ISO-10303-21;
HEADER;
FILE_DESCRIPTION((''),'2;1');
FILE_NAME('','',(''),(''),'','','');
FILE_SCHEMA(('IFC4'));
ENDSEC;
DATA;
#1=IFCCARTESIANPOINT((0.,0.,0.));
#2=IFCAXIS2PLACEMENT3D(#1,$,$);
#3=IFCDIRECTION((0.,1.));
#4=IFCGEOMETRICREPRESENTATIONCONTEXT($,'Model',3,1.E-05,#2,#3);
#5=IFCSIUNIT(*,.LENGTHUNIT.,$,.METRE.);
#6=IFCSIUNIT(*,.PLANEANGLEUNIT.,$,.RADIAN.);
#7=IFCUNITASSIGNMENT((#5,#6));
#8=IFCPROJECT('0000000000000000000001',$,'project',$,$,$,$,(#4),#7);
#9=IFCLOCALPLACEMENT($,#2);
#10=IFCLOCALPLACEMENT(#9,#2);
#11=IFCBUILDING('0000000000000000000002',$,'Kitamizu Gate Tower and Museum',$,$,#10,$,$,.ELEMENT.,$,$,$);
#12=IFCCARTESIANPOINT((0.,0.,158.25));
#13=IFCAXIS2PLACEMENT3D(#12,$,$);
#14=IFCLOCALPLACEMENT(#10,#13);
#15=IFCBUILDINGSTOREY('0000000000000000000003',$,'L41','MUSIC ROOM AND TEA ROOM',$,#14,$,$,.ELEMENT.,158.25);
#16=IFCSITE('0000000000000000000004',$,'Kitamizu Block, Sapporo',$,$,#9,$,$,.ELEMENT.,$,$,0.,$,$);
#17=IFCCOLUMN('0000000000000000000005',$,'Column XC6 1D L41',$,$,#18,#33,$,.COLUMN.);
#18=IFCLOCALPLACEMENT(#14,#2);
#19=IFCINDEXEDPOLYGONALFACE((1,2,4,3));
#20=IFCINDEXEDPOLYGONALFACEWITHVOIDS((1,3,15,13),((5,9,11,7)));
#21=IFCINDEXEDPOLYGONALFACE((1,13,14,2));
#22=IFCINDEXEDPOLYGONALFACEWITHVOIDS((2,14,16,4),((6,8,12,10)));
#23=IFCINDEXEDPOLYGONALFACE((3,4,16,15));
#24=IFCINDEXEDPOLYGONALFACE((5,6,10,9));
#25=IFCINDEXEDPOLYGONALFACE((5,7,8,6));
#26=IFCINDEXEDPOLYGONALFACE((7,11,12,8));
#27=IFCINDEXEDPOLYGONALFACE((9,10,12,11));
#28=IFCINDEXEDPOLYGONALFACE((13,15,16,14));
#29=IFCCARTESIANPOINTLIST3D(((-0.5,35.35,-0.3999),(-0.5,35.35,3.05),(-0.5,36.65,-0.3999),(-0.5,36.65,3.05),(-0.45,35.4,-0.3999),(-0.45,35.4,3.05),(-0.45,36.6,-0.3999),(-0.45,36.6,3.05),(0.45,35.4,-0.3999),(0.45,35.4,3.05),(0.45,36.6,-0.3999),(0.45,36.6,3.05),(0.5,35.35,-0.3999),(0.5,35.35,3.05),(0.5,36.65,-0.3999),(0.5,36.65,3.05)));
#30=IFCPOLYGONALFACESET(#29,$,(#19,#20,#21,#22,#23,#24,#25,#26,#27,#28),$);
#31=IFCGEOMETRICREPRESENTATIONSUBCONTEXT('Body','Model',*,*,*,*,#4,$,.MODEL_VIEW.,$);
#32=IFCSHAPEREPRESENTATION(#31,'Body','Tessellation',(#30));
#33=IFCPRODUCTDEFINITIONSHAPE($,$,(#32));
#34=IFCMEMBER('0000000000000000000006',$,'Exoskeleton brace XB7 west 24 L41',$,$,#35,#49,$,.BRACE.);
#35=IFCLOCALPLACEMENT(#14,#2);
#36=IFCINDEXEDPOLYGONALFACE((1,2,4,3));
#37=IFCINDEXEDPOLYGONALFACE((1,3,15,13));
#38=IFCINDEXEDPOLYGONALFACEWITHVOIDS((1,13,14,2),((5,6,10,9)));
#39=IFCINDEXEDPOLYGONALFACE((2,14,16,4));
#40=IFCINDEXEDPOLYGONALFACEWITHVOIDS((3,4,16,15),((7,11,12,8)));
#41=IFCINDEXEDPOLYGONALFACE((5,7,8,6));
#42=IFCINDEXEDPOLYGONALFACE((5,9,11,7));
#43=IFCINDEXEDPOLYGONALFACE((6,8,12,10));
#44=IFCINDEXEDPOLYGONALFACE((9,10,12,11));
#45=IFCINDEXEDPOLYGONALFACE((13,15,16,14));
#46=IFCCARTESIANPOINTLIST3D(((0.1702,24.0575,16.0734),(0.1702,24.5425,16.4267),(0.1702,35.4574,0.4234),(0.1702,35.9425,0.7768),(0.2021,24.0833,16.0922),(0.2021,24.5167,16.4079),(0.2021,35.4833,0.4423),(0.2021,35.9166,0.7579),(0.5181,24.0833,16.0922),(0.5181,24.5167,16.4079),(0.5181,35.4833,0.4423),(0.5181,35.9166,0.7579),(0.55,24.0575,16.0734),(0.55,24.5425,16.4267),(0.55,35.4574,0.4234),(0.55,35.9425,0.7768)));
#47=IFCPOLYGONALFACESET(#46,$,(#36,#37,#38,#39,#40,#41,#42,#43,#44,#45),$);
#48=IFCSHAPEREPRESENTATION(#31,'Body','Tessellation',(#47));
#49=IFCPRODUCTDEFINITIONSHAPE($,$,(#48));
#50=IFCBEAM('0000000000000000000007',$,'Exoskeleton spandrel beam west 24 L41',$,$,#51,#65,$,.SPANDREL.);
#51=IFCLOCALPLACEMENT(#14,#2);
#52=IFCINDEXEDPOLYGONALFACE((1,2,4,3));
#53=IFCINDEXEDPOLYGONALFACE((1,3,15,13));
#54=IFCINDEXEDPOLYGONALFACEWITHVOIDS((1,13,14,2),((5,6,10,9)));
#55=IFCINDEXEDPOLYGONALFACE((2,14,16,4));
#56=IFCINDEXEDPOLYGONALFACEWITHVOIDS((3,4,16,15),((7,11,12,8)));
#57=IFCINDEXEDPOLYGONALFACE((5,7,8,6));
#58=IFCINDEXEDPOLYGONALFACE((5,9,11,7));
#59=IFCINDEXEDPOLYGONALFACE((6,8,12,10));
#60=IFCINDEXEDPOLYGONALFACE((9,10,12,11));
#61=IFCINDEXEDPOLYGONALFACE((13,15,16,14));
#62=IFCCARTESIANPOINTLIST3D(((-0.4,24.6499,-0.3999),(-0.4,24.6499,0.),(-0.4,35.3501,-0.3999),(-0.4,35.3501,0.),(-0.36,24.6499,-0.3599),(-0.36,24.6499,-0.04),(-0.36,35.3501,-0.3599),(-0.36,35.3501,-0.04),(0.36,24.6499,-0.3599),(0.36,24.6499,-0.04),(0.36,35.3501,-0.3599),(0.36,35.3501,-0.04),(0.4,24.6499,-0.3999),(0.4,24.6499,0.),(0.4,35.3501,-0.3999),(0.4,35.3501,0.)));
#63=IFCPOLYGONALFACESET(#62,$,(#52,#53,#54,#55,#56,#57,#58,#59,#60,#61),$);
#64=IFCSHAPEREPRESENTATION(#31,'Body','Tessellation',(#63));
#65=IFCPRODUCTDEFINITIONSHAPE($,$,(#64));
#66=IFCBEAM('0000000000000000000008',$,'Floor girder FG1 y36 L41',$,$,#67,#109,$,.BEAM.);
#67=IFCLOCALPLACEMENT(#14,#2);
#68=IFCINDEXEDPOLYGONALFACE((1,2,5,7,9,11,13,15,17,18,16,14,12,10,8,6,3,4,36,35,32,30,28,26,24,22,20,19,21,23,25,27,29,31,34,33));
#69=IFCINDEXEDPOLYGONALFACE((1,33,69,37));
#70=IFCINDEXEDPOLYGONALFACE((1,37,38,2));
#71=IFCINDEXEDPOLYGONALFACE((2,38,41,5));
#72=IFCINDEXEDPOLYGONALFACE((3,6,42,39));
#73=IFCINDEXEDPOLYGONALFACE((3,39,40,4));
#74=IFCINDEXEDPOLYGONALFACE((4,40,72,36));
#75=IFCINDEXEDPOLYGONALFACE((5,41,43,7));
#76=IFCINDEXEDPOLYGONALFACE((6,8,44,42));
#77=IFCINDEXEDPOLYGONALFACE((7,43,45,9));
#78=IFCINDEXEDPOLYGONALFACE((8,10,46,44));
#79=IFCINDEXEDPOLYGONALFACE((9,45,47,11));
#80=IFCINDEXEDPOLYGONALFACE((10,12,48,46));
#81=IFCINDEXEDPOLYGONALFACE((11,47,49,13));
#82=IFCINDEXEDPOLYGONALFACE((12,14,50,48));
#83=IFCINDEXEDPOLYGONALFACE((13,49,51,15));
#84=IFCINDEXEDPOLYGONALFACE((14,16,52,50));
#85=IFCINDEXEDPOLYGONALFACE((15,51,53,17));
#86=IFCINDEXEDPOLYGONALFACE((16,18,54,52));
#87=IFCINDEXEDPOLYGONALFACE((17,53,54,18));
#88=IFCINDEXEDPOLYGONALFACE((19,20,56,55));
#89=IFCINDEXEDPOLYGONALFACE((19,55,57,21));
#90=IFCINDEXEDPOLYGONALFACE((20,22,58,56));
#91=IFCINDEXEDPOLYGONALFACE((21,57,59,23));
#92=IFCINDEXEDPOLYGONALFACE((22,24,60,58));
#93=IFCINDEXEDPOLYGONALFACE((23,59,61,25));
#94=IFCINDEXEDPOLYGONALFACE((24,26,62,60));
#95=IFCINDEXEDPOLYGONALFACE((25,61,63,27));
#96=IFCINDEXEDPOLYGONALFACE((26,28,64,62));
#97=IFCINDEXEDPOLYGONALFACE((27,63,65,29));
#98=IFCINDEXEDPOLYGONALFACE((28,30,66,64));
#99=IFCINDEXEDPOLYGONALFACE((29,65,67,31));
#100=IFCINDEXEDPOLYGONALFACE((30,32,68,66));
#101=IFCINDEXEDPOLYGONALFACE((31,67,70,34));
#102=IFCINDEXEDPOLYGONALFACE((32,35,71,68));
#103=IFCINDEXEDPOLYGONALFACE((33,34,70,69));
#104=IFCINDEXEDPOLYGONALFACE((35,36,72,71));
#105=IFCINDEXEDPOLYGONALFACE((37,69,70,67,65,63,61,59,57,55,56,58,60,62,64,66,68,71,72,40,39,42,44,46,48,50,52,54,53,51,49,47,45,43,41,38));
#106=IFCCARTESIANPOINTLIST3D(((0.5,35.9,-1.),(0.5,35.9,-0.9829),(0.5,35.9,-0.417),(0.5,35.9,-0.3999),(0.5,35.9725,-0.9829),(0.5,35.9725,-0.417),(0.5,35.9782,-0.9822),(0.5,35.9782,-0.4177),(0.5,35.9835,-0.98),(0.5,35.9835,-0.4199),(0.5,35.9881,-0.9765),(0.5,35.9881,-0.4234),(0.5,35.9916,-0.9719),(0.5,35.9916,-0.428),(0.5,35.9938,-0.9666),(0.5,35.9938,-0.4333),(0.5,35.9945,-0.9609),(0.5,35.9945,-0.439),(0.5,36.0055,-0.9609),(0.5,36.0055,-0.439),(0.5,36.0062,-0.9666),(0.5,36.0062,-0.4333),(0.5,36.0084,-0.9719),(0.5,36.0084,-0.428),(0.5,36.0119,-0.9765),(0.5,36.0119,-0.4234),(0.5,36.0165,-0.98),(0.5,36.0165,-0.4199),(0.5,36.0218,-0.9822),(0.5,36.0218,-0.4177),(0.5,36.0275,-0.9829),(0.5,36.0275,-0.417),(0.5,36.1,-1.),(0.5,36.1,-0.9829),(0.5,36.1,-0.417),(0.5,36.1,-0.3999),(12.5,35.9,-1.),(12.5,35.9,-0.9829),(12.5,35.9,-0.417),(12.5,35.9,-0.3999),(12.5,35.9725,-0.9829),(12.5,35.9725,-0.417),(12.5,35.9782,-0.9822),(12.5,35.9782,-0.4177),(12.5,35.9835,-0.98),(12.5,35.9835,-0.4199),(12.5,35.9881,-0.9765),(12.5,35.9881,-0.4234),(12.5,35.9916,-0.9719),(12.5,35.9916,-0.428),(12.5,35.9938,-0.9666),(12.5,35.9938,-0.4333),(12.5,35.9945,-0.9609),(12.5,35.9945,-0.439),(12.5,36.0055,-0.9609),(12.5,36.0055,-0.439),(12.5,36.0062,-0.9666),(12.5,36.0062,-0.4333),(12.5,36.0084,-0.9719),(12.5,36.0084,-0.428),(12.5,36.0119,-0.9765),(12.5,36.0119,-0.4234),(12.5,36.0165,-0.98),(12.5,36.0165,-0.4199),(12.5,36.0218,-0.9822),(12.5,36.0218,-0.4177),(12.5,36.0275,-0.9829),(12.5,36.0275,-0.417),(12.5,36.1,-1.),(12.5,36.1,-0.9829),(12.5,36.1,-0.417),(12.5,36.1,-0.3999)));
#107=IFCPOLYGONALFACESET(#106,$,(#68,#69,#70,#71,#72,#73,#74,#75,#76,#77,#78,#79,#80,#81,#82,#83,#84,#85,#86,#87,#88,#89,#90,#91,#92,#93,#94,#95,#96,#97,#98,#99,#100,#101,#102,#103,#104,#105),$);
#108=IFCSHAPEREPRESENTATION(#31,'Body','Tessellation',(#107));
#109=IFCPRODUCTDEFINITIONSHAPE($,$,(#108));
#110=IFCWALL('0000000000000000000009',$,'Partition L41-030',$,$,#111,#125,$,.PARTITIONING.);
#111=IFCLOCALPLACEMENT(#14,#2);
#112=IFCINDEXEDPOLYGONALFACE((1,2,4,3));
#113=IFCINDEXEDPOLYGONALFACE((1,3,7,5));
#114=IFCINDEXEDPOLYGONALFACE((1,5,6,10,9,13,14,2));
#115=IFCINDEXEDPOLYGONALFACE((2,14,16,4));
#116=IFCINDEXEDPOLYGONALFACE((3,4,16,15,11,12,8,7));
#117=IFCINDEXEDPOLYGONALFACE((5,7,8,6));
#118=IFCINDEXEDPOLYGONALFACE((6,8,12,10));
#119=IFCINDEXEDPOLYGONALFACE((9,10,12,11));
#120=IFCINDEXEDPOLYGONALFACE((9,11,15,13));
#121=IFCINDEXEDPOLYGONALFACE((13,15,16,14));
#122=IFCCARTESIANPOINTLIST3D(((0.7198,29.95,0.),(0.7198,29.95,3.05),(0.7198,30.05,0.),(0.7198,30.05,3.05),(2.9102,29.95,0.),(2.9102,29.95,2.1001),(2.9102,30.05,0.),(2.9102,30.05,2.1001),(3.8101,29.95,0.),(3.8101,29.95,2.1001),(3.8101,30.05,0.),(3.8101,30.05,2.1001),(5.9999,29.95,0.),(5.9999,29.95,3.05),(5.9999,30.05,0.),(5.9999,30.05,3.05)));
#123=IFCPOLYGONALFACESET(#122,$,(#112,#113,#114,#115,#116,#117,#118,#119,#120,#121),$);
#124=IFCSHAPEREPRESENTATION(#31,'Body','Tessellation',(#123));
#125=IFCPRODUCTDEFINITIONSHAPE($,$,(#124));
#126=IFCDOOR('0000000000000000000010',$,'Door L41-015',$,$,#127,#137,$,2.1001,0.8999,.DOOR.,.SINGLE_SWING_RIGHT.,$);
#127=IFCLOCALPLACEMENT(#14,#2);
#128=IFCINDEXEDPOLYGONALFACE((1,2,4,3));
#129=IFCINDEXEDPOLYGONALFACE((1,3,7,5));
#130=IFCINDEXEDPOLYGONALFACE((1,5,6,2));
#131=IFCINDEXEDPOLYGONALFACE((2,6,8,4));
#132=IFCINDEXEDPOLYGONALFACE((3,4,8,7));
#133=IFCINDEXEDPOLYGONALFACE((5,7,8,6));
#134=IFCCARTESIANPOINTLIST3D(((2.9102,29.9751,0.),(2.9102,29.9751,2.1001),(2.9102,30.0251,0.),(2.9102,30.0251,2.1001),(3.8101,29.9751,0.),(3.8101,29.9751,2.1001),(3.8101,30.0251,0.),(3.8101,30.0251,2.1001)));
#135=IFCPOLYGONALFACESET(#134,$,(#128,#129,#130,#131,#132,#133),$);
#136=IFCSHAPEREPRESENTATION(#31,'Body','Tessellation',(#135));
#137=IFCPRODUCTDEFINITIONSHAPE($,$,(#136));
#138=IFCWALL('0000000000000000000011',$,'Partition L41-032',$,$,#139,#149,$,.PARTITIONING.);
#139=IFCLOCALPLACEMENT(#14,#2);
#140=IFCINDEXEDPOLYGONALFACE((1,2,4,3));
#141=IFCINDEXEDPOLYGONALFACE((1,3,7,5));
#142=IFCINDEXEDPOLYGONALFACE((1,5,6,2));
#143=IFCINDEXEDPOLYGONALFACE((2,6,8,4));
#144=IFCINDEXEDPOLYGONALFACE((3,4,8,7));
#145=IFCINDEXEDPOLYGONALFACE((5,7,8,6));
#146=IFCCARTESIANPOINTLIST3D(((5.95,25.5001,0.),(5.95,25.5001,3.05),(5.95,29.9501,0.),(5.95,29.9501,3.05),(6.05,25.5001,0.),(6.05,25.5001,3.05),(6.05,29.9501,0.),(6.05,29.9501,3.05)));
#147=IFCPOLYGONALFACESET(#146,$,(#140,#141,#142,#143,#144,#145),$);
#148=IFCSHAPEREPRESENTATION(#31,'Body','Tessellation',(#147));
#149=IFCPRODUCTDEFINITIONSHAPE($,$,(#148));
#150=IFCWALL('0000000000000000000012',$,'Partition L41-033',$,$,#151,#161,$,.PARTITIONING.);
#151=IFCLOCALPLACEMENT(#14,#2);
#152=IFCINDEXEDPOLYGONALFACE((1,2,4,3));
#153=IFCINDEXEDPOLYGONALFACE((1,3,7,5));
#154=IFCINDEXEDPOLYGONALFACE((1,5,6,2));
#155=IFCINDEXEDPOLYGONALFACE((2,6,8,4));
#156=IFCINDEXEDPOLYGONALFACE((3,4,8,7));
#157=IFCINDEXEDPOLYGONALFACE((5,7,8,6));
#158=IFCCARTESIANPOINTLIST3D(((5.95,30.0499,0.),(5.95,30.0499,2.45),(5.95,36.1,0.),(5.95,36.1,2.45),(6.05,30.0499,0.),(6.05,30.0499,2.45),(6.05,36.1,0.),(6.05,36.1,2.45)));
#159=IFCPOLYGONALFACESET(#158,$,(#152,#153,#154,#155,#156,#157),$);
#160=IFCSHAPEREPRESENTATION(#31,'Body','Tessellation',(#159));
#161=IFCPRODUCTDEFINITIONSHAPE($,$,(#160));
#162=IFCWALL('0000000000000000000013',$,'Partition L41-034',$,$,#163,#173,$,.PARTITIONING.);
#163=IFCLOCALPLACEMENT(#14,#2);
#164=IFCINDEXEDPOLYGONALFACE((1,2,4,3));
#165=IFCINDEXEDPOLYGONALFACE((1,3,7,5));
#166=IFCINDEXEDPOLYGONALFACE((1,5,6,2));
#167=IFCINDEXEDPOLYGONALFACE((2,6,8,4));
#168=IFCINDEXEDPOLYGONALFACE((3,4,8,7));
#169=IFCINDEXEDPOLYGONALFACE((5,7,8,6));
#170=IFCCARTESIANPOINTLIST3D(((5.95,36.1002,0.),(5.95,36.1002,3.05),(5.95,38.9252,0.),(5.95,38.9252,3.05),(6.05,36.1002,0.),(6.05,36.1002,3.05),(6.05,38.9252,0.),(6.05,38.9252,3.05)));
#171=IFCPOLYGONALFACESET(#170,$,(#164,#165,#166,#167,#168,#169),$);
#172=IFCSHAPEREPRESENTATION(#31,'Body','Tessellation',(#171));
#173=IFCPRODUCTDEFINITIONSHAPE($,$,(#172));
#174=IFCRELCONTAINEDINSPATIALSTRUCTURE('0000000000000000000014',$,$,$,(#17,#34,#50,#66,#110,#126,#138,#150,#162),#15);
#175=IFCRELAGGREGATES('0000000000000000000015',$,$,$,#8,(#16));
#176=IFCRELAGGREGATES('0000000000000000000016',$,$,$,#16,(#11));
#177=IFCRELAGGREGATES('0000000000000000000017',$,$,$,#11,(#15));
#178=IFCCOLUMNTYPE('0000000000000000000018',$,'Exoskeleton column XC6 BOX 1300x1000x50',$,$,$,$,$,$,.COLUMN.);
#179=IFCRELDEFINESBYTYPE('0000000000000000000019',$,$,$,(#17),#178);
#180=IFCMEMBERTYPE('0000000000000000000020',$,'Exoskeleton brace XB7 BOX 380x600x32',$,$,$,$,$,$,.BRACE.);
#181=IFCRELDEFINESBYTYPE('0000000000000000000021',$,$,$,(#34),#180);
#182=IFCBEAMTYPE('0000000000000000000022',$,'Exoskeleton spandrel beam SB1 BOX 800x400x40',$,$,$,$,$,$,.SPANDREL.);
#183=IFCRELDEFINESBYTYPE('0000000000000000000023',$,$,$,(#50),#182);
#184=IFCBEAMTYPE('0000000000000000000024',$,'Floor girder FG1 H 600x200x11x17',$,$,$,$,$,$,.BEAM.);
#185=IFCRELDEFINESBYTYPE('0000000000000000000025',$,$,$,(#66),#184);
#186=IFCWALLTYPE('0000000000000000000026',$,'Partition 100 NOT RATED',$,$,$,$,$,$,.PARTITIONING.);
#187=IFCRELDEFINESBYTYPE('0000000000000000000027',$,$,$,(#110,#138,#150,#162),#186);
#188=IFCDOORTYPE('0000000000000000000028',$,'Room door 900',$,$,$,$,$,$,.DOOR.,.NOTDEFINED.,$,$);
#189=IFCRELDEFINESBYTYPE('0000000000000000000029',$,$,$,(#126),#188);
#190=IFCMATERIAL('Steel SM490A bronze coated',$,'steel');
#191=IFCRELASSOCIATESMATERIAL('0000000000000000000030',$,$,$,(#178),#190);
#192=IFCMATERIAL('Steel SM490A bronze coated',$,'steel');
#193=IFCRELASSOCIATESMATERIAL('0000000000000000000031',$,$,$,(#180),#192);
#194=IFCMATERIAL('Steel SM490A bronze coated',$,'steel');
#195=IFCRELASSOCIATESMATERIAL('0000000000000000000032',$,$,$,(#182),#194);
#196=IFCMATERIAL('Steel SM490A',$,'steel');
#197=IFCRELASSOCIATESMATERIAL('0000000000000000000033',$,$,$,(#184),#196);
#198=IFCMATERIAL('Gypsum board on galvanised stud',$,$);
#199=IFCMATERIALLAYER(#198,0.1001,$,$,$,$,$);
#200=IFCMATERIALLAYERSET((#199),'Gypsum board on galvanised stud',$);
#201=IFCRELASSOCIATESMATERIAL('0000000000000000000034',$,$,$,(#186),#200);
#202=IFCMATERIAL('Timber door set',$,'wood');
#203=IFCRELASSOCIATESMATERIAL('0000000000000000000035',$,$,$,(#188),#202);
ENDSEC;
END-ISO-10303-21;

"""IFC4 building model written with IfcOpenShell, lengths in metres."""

from ifc_helpers import new_model, si_unit, direction, frame, frame_2d, origin, origin_2d, place, context, subcontext, project, spatial, rectangle, hollow_rectangle, i_section, extrude, material, layer, layer_set, material_profile, profile_set, type_object, element, fill, save


model = new_model("IFC4")

# Units and contexts
model_context = context("Model", 3, precision=1e-05, world=origin(), true_north=direction((0.0, 1.0)))
body_context = subcontext(model_context, "Body", "Model", "MODEL_VIEW")
ifc_project = project(units=[si_unit("LENGTHUNIT", "METRE"), si_unit("PLANEANGLEUNIT", "RADIAN")], contexts=[model_context])

# Site, building, storey
site_placement = place(None, origin())
site = spatial("IfcSite", under=ifc_project, at=site_placement, Name="Kitamizu Block, Sapporo", CompositionType="ELEMENT", RefElevation=0.0)
building_placement = place(site_placement, origin())
building = spatial("IfcBuilding", under=site, at=building_placement, Name="Kitamizu Gate Tower and Museum", CompositionType="ELEMENT")
storey_placement = place(building_placement, frame((0.0, 0.0, 158.25)))
storey = spatial("IfcBuildingStorey", under=building, at=storey_placement, Name="L41", Description="MUSIC ROOM AND TEA ROOM", CompositionType="ELEMENT", Elevation=158.25)

# Column
ifc_material_1 = material(Name="Steel SM490A bronze coated", Category="steel")
ifc_material_profile_1 = material_profile(ifc_material_1, hollow_rectangle(XDim=1.3, YDim=1.0, WallThickness=0.05, at=origin_2d()), Name="BOX 1300x1000x50")
ifc_profile_set_1 = profile_set([ifc_material_profile_1], Name="Steel SM490A bronze coated")
column_type = type_object("IfcColumnType", Name="Exoskeleton column XC6 BOX 1300x1000x50", PredefinedType="COLUMN", material=ifc_profile_set_1)
column_placement = place(storey_placement, frame((0.0, 36.0, -0.3999), z_axis=(0.0, 0.0, 1.0), x_axis=(0.0, 1.0, 0.0)))
element("IfcColumn", 1, at=column_placement, inside=storey, type_object=column_type, Name="Column XC6 1D L41", PredefinedType="COLUMN", context=body_context, shape_type="SweptSolid", body=[
    extrude(hollow_rectangle(XDim=1.3, YDim=1.0, WallThickness=0.05, at=origin_2d()), origin(), (0.0, 0.0, 1.0), 3.45),
])

# Member
ifc_material_2 = material(Name="Steel SM490A bronze coated", Category="steel")
ifc_material_profile_2 = material_profile(ifc_material_2, hollow_rectangle(XDim=0.3799, YDim=0.6001, WallThickness=0.032, at=origin_2d()), Name="BOX 380x600x32")
ifc_profile_set_2 = profile_set([ifc_material_profile_2], Name="Steel SM490A bronze coated")
member_type = type_object("IfcMemberType", Name="Exoskeleton brace XB7 BOX 380x600x32", PredefinedType="BRACE", material=ifc_profile_set_2)
member_placement = place(storey_placement, frame((0.3601, 35.7, 0.6001), z_axis=(0.0, -0.588785, 0.80829), x_axis=(1.0, 0.0, 0.0)))
element("IfcMember", 2, at=member_placement, inside=storey, type_object=member_type, Name="Exoskeleton brace XB7 west 24 L41", PredefinedType="BRACE", context=body_context, shape_type="SweptSolid", body=[
    extrude(hollow_rectangle(XDim=0.3799, YDim=0.6001, WallThickness=0.032, at=origin_2d()), origin(), (0.0, 0.0, 1.0), 19.3618),
])

# Beams
ifc_material_3 = material(Name="Steel SM490A bronze coated", Category="steel")
ifc_material_profile_3 = material_profile(ifc_material_3, hollow_rectangle(XDim=0.8, YDim=0.3999, WallThickness=0.04, at=origin_2d()), Name="BOX 800x400x40")
ifc_profile_set_3 = profile_set([ifc_material_profile_3], Name="Steel SM490A bronze coated")
beam_type_1 = type_object("IfcBeamType", Name="Exoskeleton spandrel beam SB1 BOX 800x400x40", PredefinedType="SPANDREL", material=ifc_profile_set_3)
beam_1_placement = place(storey_placement, frame((0.0, 24.6499, -0.2), z_axis=(0.0, 1.0, 0.0), x_axis=(-1.0, 0.0, 0.0)))
element("IfcBeam", 3, at=beam_1_placement, inside=storey, type_object=beam_type_1, Name="Exoskeleton spandrel beam west 24 L41", PredefinedType="SPANDREL", context=body_context, shape_type="SweptSolid", body=[
    extrude(hollow_rectangle(XDim=0.8, YDim=0.3999, WallThickness=0.04, at=origin_2d()), origin(), (0.0, 0.0, 1.0), 10.7002),
])
ifc_material_4 = material(Name="Steel SM490A", Category="steel")
ifc_material_profile_4 = material_profile(ifc_material_4, i_section(OverallWidth=0.2, OverallDepth=0.6001, WebThickness=0.011, FlangeThickness=0.0171, FilletRadius=0.022, at=origin_2d()), Name="H-600x200x11x17")
ifc_profile_set_4 = profile_set([ifc_material_profile_4], Name="Steel SM490A")
beam_type_2 = type_object("IfcBeamType", Name="Floor girder FG1 H 600x200x11x17", PredefinedType="BEAM", material=ifc_profile_set_4)
beam_2_placement = place(storey_placement, frame((0.5, 36.0, -0.7), z_axis=(1.0, 0.0, 0.0), x_axis=(0.0, 1.0, 0.0)))
element("IfcBeam", 4, at=beam_2_placement, inside=storey, type_object=beam_type_2, Name="Floor girder FG1 y36 L41", PredefinedType="BEAM", context=body_context, shape_type="SweptSolid", body=[
    extrude(i_section(OverallWidth=0.2, OverallDepth=0.6001, WebThickness=0.011, FlangeThickness=0.0171, FilletRadius=0.022, at=origin_2d()), origin(), (0.0, 0.0, 1.0), 12.0),
])

# Wall, opening, door
ifc_material_5 = material(Name="Gypsum board on galvanised stud")
ifc_layer_1 = layer(ifc_material_5, 0.1001)
ifc_layer_set_1 = layer_set([ifc_layer_1], Name="Gypsum board on galvanised stud")
wall_type_1 = type_object("IfcWallType", Name="Partition 100 NOT RATED", PredefinedType="PARTITIONING", material=ifc_layer_set_1)
wall_1_placement = place(storey_placement, frame((6.0, 30.0, 0.0), z_axis=(0.0, 0.0, 1.0), x_axis=(-1.0, 0.0, 0.0)))
wall_1 = element("IfcWall", 5, at=wall_1_placement, inside=storey, type_object=wall_type_1, Name="Partition L41-030", PredefinedType="PARTITIONING", context=body_context, shape_type="SweptSolid", body=[
    extrude(rectangle(XDim=5.28, YDim=0.1001, at=frame_2d((2.6401, 0.0))), origin(), (0.0, 0.0, 1.0), 3.05),
])
opening_1_placement = place(wall_1_placement, frame((2.1899, 0.0, 0.0)))
opening_1 = element("IfcOpeningElement", 6, at=opening_1_placement, cuts=wall_1, PredefinedType="OPENING", context=body_context, shape_type="SweptSolid", body=[
    extrude(rectangle(XDim=0.8999, YDim=2.1001, at=frame_2d((0.45, 1.05))), frame((0.0, 0.0601, 0.0), z_axis=(0.0, -1.0, 0.0), x_axis=(1.0, 0.0, 0.0)), (0.0, 0.0, 1.0), 0.1201),
])
ifc_material_6 = material(Name="Timber door set", Category="wood")
door_type = type_object("IfcDoorType", Name="Room door 900", OperationType="NOTDEFINED", PredefinedType="DOOR", material=ifc_material_6)
door_1_placement = place(opening_1_placement, origin())
door_1 = element("IfcDoor", 7, at=door_1_placement, inside=storey, type_object=door_type, Name="Door L41-015", OperationType="SINGLE_SWING_RIGHT", OverallHeight=2.1001, OverallWidth=0.8999, PredefinedType="DOOR", context=body_context, shape_type="SweptSolid", body=[
    extrude(rectangle(XDim=0.8999, YDim=2.1001, at=frame_2d((0.45, 1.05))), frame((0.0, 0.0249, 0.0), z_axis=(0.0, -1.0, 0.0), x_axis=(1.0, 0.0, 0.0)), (0.0, 0.0, 1.0), 0.05),
])
fill(opening_1, door_1)

# Walls
wall_2_placement = place(storey_placement, frame((6.0, 25.5, 0.0), z_axis=(0.0, 0.0, 1.0), x_axis=(0.0, 1.0, 0.0)))
element("IfcWall", 8, at=wall_2_placement, inside=storey, type_object=wall_type_1, Name="Partition L41-032", PredefinedType="PARTITIONING", context=body_context, shape_type="SweptSolid", body=[
    extrude(rectangle(XDim=4.45, YDim=0.1001, at=frame_2d((2.2251, 0.0))), origin(), (0.0, 0.0, 1.0), 3.05),
])
wall_3_placement = place(storey_placement, frame((6.0, 30.05, 0.0), z_axis=(0.0, 0.0, 1.0), x_axis=(0.0, 1.0, 0.0)))
element("IfcWall", 9, at=wall_3_placement, inside=storey, type_object=wall_type_1, Name="Partition L41-033", PredefinedType="PARTITIONING", context=body_context, shape_type="SweptSolid", body=[
    extrude(rectangle(XDim=6.05, YDim=0.1001, at=frame_2d((3.0249, 0.0))), origin(), (0.0, 0.0, 1.0), 2.45),
])
wall_4_placement = place(storey_placement, frame((6.0, 36.1001, 0.0), z_axis=(0.0, 0.0, 1.0), x_axis=(0.0, 1.0, 0.0)))
element("IfcWall", 10, at=wall_4_placement, inside=storey, type_object=wall_type_1, Name="Partition L41-034", PredefinedType="PARTITIONING", context=body_context, shape_type="SweptSolid", body=[
    extrude(rectangle(XDim=2.825, YDim=0.1001, at=frame_2d((1.4126, 0.0))), origin(), (0.0, 0.0, 1.0), 3.05),
])

save(model, "model.ifc")
